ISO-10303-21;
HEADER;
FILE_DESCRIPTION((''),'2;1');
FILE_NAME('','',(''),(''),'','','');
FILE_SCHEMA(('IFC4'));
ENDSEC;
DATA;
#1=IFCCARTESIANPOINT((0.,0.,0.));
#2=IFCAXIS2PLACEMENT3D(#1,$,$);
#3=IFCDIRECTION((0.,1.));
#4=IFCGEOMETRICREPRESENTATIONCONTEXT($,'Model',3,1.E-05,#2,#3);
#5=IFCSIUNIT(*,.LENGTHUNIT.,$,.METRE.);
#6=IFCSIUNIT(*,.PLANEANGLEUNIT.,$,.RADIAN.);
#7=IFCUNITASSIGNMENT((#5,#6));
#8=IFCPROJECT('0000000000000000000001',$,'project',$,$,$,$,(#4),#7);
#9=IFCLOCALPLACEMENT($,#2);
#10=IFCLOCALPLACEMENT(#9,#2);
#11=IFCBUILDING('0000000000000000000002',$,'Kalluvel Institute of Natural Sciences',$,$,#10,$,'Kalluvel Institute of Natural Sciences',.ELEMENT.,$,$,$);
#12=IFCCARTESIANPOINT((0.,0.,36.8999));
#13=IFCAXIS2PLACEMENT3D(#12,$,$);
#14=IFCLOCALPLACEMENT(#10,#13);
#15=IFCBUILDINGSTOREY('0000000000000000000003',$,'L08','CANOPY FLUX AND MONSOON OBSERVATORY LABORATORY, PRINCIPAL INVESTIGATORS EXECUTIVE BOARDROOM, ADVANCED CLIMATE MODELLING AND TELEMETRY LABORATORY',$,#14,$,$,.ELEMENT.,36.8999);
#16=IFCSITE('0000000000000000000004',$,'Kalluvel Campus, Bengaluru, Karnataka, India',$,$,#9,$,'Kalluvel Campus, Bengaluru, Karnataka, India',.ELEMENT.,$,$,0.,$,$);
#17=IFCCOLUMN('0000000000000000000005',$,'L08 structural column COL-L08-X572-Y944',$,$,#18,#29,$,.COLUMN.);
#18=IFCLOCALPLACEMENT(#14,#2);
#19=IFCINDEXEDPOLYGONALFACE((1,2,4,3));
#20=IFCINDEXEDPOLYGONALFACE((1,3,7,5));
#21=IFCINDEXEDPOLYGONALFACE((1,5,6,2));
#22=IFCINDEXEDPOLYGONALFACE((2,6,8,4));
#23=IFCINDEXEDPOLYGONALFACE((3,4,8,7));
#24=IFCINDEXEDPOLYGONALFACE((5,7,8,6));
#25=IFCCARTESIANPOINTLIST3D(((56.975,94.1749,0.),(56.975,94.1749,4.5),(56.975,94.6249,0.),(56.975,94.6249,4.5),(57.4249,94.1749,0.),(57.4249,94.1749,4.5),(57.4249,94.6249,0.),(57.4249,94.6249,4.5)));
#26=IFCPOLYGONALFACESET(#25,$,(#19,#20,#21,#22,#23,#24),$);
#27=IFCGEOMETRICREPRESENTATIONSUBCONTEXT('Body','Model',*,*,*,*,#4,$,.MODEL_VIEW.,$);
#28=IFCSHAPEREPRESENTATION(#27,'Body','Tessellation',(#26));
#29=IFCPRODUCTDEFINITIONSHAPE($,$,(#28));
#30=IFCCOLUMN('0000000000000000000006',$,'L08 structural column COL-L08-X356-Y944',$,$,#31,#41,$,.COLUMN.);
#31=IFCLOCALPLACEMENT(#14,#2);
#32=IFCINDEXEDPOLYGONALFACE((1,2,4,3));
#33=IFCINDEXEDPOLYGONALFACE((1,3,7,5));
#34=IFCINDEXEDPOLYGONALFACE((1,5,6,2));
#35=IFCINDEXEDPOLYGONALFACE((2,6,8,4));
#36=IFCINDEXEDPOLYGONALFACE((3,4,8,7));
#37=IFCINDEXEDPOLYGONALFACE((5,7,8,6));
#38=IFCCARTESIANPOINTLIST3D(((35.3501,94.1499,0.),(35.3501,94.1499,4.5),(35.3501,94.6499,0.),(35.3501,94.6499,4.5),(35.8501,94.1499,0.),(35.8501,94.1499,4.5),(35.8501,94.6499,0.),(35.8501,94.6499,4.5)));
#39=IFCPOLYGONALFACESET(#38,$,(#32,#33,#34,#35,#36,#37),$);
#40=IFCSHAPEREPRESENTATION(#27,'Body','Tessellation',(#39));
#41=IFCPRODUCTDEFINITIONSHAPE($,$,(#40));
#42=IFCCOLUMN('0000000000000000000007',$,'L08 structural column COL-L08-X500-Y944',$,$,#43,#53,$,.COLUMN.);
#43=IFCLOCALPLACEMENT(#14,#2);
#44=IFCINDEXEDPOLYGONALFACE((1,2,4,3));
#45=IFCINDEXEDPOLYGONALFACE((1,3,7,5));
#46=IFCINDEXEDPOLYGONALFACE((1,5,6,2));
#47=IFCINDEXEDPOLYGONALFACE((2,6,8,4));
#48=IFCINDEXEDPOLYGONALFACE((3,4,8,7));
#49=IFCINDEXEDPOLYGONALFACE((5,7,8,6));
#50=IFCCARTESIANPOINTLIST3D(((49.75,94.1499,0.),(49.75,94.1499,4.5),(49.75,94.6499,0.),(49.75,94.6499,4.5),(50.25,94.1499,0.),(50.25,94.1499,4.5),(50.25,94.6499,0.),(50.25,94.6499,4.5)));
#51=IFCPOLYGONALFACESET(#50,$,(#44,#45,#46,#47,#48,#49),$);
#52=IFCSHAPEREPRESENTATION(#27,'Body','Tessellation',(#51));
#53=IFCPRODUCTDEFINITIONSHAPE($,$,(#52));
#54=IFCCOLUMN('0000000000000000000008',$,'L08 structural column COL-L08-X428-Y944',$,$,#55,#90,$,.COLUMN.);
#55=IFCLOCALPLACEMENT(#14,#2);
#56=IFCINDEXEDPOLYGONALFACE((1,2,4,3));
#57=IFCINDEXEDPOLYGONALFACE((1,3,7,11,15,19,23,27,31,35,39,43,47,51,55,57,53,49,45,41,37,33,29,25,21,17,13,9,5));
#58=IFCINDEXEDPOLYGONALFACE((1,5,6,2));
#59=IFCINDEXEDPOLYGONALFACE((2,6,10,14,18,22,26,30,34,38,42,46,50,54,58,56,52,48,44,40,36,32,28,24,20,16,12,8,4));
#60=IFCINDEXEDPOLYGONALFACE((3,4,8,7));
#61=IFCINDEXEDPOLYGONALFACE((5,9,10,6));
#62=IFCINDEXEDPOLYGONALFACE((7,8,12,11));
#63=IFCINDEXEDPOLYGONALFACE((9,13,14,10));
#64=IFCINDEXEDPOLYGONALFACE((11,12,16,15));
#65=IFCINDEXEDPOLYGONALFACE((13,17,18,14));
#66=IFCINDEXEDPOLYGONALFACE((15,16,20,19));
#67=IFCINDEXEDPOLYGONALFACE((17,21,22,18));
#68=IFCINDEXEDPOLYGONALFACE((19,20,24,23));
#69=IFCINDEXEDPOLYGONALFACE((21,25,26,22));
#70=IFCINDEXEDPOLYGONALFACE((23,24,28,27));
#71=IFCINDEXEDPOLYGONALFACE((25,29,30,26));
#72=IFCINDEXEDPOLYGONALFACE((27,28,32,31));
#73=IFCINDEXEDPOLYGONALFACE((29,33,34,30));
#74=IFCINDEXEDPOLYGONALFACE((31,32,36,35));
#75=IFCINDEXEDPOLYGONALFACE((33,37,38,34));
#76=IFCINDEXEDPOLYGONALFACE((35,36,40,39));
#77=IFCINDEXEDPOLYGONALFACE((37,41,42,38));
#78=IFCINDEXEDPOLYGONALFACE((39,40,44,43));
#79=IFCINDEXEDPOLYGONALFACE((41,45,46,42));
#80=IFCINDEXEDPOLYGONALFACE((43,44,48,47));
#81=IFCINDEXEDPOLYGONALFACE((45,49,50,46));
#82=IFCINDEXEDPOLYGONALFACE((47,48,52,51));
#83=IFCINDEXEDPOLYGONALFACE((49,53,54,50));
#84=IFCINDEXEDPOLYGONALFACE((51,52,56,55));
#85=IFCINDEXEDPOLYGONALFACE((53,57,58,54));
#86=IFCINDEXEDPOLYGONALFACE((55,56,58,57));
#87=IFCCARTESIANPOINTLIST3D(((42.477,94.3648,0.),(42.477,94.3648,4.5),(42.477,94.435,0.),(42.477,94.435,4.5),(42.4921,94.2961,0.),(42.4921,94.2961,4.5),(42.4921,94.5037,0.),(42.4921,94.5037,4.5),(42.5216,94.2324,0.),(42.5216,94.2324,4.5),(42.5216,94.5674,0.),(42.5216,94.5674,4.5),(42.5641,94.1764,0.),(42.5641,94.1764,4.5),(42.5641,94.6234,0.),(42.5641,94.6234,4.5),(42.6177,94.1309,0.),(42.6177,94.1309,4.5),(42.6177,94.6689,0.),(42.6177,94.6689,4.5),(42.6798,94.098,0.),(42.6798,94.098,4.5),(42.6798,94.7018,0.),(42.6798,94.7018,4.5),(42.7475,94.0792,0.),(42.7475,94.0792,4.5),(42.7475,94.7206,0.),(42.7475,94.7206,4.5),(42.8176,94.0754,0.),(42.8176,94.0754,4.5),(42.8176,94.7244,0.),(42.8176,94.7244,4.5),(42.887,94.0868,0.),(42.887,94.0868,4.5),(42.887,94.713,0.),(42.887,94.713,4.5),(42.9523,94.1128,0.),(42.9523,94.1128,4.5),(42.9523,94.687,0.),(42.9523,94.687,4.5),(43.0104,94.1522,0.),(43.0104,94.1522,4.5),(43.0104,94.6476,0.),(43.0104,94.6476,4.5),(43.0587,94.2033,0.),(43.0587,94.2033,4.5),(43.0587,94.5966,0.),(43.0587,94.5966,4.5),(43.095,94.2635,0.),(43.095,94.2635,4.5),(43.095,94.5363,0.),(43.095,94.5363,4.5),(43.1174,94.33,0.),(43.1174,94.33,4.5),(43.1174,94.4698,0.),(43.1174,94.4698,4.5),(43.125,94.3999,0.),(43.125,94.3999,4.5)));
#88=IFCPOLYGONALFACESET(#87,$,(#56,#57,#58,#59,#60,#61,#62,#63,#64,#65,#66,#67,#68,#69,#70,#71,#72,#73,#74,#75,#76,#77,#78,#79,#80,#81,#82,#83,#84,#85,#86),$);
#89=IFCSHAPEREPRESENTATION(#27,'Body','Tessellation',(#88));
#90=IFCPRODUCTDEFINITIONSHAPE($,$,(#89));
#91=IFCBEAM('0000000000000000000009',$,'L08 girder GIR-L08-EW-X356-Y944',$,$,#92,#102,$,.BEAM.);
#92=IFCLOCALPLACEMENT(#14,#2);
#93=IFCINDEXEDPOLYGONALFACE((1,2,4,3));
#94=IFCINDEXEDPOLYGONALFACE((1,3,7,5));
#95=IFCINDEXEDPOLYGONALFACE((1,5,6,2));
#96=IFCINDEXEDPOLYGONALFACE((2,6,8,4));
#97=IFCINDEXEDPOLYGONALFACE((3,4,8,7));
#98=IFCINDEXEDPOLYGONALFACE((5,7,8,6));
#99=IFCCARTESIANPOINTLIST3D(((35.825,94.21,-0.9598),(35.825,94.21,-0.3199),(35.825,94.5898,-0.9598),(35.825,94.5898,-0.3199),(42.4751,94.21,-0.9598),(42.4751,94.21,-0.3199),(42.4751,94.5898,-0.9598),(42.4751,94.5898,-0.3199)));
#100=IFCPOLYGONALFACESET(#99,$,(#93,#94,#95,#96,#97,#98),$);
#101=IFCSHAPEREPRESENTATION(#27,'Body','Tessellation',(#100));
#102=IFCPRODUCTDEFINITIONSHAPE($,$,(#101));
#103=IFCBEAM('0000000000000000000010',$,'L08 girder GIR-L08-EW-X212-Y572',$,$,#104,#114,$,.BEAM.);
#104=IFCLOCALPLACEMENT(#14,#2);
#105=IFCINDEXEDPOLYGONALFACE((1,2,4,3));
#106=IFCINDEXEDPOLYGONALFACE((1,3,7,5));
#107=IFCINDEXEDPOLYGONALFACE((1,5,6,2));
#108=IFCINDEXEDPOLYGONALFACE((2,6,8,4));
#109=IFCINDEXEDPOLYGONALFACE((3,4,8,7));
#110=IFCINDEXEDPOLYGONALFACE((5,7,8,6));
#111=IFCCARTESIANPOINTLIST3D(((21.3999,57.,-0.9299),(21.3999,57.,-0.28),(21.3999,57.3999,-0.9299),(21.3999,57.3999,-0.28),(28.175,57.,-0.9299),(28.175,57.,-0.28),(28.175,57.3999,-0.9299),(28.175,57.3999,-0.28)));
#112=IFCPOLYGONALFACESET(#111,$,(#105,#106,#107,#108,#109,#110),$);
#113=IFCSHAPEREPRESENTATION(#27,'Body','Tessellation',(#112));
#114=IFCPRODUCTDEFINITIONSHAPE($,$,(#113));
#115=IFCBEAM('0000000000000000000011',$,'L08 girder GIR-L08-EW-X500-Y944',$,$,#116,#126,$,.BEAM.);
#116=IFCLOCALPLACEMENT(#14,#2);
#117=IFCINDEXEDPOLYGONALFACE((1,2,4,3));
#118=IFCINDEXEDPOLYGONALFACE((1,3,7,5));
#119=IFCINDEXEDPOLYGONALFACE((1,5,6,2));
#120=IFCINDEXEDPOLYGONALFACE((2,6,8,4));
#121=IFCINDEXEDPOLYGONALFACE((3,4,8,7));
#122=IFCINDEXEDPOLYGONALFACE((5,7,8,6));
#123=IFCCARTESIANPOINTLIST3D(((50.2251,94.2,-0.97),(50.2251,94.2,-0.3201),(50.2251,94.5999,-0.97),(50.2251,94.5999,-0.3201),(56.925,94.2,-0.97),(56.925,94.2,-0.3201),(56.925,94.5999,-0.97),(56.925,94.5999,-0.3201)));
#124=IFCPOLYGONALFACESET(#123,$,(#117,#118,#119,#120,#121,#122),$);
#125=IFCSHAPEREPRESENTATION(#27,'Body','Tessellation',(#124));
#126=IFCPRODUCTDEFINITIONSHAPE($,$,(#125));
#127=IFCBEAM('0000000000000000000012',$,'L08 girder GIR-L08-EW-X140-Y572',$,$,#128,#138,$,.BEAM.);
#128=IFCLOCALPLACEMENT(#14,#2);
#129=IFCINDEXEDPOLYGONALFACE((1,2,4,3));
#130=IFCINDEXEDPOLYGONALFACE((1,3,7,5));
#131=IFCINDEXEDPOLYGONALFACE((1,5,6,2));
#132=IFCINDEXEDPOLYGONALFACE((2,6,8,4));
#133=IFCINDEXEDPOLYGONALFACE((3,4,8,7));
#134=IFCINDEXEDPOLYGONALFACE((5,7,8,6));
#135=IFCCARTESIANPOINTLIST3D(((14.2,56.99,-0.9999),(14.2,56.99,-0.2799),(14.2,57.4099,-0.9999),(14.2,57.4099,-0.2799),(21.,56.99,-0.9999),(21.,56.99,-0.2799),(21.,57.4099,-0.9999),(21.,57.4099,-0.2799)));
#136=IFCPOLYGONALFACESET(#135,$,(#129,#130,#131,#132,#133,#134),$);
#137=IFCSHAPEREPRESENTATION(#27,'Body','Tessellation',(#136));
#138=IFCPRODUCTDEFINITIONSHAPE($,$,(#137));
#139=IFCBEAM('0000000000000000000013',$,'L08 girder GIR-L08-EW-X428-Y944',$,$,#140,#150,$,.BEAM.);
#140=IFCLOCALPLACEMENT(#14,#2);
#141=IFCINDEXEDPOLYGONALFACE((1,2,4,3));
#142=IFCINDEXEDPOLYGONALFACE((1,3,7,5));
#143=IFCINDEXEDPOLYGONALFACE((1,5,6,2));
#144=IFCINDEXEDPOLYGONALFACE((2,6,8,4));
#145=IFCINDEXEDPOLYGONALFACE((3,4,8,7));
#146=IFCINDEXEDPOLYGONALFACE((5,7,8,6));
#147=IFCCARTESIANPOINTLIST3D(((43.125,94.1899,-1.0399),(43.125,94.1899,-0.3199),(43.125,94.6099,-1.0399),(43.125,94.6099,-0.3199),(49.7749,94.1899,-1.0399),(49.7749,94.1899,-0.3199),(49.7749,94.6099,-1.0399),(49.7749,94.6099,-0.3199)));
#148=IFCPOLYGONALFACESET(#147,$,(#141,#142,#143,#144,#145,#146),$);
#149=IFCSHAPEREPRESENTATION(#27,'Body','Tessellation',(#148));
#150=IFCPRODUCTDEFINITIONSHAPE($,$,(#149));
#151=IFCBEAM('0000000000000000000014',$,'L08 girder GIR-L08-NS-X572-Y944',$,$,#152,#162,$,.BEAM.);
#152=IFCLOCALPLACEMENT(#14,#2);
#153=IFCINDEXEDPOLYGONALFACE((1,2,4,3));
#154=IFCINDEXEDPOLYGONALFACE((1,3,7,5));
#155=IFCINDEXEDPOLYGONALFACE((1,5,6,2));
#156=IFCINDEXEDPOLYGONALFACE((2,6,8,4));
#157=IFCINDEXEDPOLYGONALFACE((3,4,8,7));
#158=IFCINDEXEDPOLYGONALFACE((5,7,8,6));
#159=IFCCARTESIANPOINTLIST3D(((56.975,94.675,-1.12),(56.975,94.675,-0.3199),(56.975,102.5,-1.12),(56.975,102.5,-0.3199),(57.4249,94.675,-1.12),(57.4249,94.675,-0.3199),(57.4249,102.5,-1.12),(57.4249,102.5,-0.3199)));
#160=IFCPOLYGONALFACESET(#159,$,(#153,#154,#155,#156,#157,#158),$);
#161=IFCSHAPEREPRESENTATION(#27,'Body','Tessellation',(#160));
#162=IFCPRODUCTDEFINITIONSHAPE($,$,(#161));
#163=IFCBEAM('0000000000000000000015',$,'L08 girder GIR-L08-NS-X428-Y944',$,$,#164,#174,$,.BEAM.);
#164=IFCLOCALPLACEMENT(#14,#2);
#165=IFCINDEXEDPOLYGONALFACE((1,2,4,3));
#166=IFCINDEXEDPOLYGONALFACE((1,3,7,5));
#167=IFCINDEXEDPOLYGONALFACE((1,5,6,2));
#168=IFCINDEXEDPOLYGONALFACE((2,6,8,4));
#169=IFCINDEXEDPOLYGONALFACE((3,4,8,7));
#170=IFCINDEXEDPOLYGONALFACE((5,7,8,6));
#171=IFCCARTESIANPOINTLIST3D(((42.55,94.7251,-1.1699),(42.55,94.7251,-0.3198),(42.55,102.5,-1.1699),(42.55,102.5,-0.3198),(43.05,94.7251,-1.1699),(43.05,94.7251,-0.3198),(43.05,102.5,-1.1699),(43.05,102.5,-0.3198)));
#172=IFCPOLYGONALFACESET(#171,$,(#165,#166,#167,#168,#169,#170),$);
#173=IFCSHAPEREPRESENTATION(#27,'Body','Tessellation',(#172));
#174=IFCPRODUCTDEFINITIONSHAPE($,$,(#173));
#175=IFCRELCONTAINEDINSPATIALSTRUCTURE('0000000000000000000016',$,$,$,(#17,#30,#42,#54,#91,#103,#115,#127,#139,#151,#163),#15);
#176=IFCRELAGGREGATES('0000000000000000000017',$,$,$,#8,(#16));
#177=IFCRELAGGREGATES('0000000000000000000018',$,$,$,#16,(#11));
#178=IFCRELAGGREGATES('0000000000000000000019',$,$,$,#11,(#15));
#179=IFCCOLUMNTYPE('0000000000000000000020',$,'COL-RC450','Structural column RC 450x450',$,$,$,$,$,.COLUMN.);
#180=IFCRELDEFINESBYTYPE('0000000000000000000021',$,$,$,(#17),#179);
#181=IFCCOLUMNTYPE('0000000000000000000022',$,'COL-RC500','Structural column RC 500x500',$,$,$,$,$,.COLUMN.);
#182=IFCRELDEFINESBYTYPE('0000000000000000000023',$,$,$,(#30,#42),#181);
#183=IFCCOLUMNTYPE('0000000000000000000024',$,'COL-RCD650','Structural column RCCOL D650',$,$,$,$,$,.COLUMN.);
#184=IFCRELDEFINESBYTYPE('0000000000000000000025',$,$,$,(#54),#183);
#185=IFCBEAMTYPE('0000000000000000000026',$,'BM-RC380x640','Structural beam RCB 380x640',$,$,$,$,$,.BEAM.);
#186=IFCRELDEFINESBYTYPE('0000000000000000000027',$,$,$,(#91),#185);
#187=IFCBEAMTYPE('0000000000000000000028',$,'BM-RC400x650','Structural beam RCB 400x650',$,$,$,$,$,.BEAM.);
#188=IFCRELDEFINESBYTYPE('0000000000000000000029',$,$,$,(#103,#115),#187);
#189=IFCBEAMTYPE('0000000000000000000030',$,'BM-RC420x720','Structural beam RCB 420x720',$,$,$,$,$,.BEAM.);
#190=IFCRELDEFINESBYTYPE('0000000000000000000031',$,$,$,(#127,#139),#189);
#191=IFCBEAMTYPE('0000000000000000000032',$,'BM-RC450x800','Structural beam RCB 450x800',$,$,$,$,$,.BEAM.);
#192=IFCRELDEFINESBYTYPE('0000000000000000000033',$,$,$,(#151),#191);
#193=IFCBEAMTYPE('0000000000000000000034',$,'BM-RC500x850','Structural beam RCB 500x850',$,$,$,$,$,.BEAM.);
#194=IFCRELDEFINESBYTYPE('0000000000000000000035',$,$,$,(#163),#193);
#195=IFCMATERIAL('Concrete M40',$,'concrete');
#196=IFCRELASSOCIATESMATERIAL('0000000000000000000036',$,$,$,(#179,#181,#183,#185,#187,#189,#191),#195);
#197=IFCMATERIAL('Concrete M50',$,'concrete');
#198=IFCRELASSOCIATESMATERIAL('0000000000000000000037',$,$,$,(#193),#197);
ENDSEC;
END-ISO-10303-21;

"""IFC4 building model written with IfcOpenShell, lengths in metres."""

from ifc_helpers import new_model, si_unit, direction, frame, origin, origin_2d, place, context, subcontext, project, spatial, rectangle, circle, extrude, material, material_profile, profile_set, type_object, element, save


model = new_model("IFC4")

# Units and contexts
model_context = context("Model", 3, precision=1e-05, world=origin(), true_north=direction((0.0, 1.0)))
body_context = subcontext(model_context, "Body", "Model", "MODEL_VIEW")
ifc_project = project(units=[si_unit("LENGTHUNIT", "METRE"), si_unit("PLANEANGLEUNIT", "RADIAN")], contexts=[model_context])

# Site, building, storey
site_placement = place(None, origin())
site = spatial("IfcSite", under=ifc_project, at=site_placement, Name="Kalluvel Campus, Bengaluru, Karnataka, India", LongName="Kalluvel Campus, Bengaluru, Karnataka, India", CompositionType="ELEMENT", RefElevation=0.0)
building_placement = place(site_placement, origin())
building = spatial("IfcBuilding", under=site, at=building_placement, Name="Kalluvel Institute of Natural Sciences", LongName="Kalluvel Institute of Natural Sciences", CompositionType="ELEMENT")
storey_placement = place(building_placement, frame((0.0, 0.0, 36.8999)))
storey = spatial("IfcBuildingStorey", under=building, at=storey_placement, Name="L08", Description="CANOPY FLUX AND MONSOON OBSERVATORY LABORATORY, PRINCIPAL INVESTIGATORS EXECUTIVE BOARDROOM, ADVANCED CLIMATE MODELLING AND TELEMETRY LABORATORY", CompositionType="ELEMENT", Elevation=36.8999)

# Columns
ifc_material_1 = material(Name="Concrete M40", Category="concrete")
ifc_material_profile_1 = material_profile(ifc_material_1, rectangle(XDim=0.45, YDim=0.45, at=origin_2d()), Name="RC 450x450")
ifc_profile_set_1 = profile_set([ifc_material_profile_1], Name="Concrete M40")
column_type_1 = type_object("IfcColumnType", Name="COL-RC450", Description="Structural column RC 450x450", PredefinedType="COLUMN", material=ifc_profile_set_1)
column_1_placement = place(storey_placement, frame((57.2, 94.3999, 0.0), z_axis=(0.0, 0.0, 1.0), x_axis=(1.0, 0.0, 0.0)))
element("IfcColumn", 1, at=column_1_placement, inside=storey, type_object=column_type_1, Name="L08 structural column COL-L08-X572-Y944", PredefinedType="COLUMN", context=body_context, shape_type="SweptSolid", body=[
    extrude(rectangle(XDim=0.45, YDim=0.45, at=origin_2d()), origin(), (0.0, 0.0, 1.0), 4.5),
])
ifc_material_profile_2 = material_profile(ifc_material_1, rectangle(XDim=0.5, YDim=0.5, at=origin_2d()), Name="RC 500x500")
ifc_profile_set_2 = profile_set([ifc_material_profile_2], Name="Concrete M40")
column_type_2 = type_object("IfcColumnType", Name="COL-RC500", Description="Structural column RC 500x500", PredefinedType="COLUMN", material=ifc_profile_set_2)
for number, where, z_axis, x_axis, name in (
    (2, (35.6001, 94.3999, 0.0), (0.0, 0.0, 1.0), (1.0, 0.0, 0.0), "L08 structural column COL-L08-X356-Y944"),
    (3, (50.0, 94.3999, 0.0), (0.0, 0.0, 1.0), (1.0, 0.0, 0.0), "L08 structural column COL-L08-X500-Y944"),
):
    element("IfcColumn", number, at=place(storey_placement, frame(where, z_axis=z_axis, x_axis=x_axis)), inside=storey, type_object=column_type_2, Name=name, PredefinedType="COLUMN", context=body_context, shape_type="SweptSolid", body=[
        extrude(rectangle(XDim=0.5, YDim=0.5, at=origin_2d()), origin(), (0.0, 0.0, 1.0), 4.5),
    ])
ifc_material_profile_3 = material_profile(ifc_material_1, circle(Radius=0.325, at=origin_2d()), Name="RCCOL D650")
ifc_profile_set_3 = profile_set([ifc_material_profile_3], Name="Concrete M40")
column_type_3 = type_object("IfcColumnType", Name="COL-RCD650", Description="Structural column RCCOL D650", PredefinedType="COLUMN", material=ifc_profile_set_3)
column_2_placement = place(storey_placement, frame((42.8, 94.3999, 0.0), z_axis=(0.0, 0.0, 1.0), x_axis=(1.0, 0.0, 0.0)))
element("IfcColumn", 4, at=column_2_placement, inside=storey, type_object=column_type_3, Name="L08 structural column COL-L08-X428-Y944", PredefinedType="COLUMN", context=body_context, shape_type="SweptSolid", body=[
    extrude(circle(Radius=0.325, at=origin_2d()), origin(), (0.0, 0.0, 1.0), 4.5),
])

# Beams
ifc_material_profile_4 = material_profile(ifc_material_1, rectangle(XDim=0.3799, YDim=0.6399, at=origin_2d()), Name="RCB 380x640")
ifc_profile_set_4 = profile_set([ifc_material_profile_4], Name="Concrete M40")
beam_type_1 = type_object("IfcBeamType", Name="BM-RC380x640", Description="Structural beam RCB 380x640", PredefinedType="BEAM", material=ifc_profile_set_4)
beam_1_placement = place(storey_placement, frame((35.825, 94.3999, -0.6399), z_axis=(1.0, 0.0, 0.0), x_axis=(0.0, 1.0, 0.0)))
element("IfcBeam", 5, at=beam_1_placement, inside=storey, type_object=beam_type_1, Name="L08 girder GIR-L08-EW-X356-Y944", PredefinedType="BEAM", context=body_context, shape_type="SweptSolid", body=[
    extrude(rectangle(XDim=0.3799, YDim=0.6399, at=origin_2d()), origin(), (0.0, 0.0, 1.0), 6.6501),
])
ifc_material_profile_5 = material_profile(ifc_material_1, rectangle(XDim=0.3999, YDim=0.6499, at=origin_2d()), Name="RCB 400x650")
ifc_profile_set_5 = profile_set([ifc_material_profile_5], Name="Concrete M40")
beam_type_2 = type_object("IfcBeamType", Name="BM-RC400x650", Description="Structural beam RCB 400x650", PredefinedType="BEAM", material=ifc_profile_set_5)
beam_2_placement = place(storey_placement, frame((21.3999, 57.2, -0.605), z_axis=(1.0, 0.0, 0.0), x_axis=(0.0, 1.0, 0.0)))
element("IfcBeam", 6, at=beam_2_placement, inside=storey, type_object=beam_type_2, Name="L08 girder GIR-L08-EW-X212-Y572", PredefinedType="BEAM", context=body_context, shape_type="SweptSolid", body=[
    extrude(rectangle(XDim=0.3999, YDim=0.6499, at=origin_2d()), origin(), (0.0, 0.0, 1.0), 6.7751),
])
beam_3_placement = place(storey_placement, frame((50.2251, 94.3999, -0.645), z_axis=(1.0, 0.0, 0.0), x_axis=(0.0, 1.0, 0.0)))
element("IfcBeam", 7, at=beam_3_placement, inside=storey, type_object=beam_type_2, Name="L08 girder GIR-L08-EW-X500-Y944", PredefinedType="BEAM", context=body_context, shape_type="SweptSolid", body=[
    extrude(rectangle(XDim=0.3999, YDim=0.6499, at=origin_2d()), origin(), (0.0, 0.0, 1.0), 6.7),
])
ifc_material_profile_6 = material_profile(ifc_material_1, rectangle(XDim=0.4199, YDim=0.72, at=origin_2d()), Name="RCB 420x720")
ifc_profile_set_6 = profile_set([ifc_material_profile_6], Name="Concrete M40")
beam_type_3 = type_object("IfcBeamType", Name="BM-RC420x720", Description="Structural beam RCB 420x720", PredefinedType="BEAM", material=ifc_profile_set_6)
beam_4_placement = place(storey_placement, frame((14.2, 57.2, -0.6399), z_axis=(1.0, 0.0, 0.0), x_axis=(0.0, 1.0, 0.0)))
element("IfcBeam", 8, at=beam_4_placement, inside=storey, type_object=beam_type_3, Name="L08 girder GIR-L08-EW-X140-Y572", PredefinedType="BEAM", context=body_context, shape_type="SweptSolid", body=[
    extrude(rectangle(XDim=0.4199, YDim=0.72, at=origin_2d()), origin(), (0.0, 0.0, 1.0), 6.8),
])
beam_5_placement = place(storey_placement, frame((43.125, 94.3999, -0.6799), z_axis=(1.0, 0.0, 0.0), x_axis=(0.0, 1.0, 0.0)))
element("IfcBeam", 9, at=beam_5_placement, inside=storey, type_object=beam_type_3, Name="L08 girder GIR-L08-EW-X428-Y944", PredefinedType="BEAM", context=body_context, shape_type="SweptSolid", body=[
    extrude(rectangle(XDim=0.4199, YDim=0.72, at=origin_2d()), origin(), (0.0, 0.0, 1.0), 6.6499),
])
ifc_material_profile_7 = material_profile(ifc_material_1, rectangle(XDim=0.45, YDim=0.8, at=origin_2d()), Name="RCB 450x800")
ifc_profile_set_7 = profile_set([ifc_material_profile_7], Name="Concrete M40")
beam_type_4 = type_object("IfcBeamType", Name="BM-RC450x800", Description="Structural beam RCB 450x800", PredefinedType="BEAM", material=ifc_profile_set_7)
beam_6_placement = place(storey_placement, frame((57.2, 94.675, -0.72), z_axis=(0.0, 1.0, 0.0), x_axis=(-1.0, 0.0, 0.0)))
element("IfcBeam", 10, at=beam_6_placement, inside=storey, type_object=beam_type_4, Name="L08 girder GIR-L08-NS-X572-Y944", PredefinedType="BEAM", context=body_context, shape_type="SweptSolid", body=[
    extrude(rectangle(XDim=0.45, YDim=0.8, at=origin_2d()), origin(), (0.0, 0.0, 1.0), 7.825),
])
ifc_material_2 = material(Name="Concrete M50", Category="concrete")
ifc_material_profile_8 = material_profile(ifc_material_2, rectangle(XDim=0.5, YDim=0.8501, at=origin_2d()), Name="RCB 500x850")
ifc_profile_set_8 = profile_set([ifc_material_profile_8], Name="Concrete M50")
beam_type_5 = type_object("IfcBeamType", Name="BM-RC500x850", Description="Structural beam RCB 500x850", PredefinedType="BEAM", material=ifc_profile_set_8)
beam_7_placement = place(storey_placement, frame((42.8, 94.7251, -0.7449), z_axis=(0.0, 1.0, 0.0), x_axis=(-1.0, 0.0, 0.0)))
element("IfcBeam", 11, at=beam_7_placement, inside=storey, type_object=beam_type_5, Name="L08 girder GIR-L08-NS-X428-Y944", PredefinedType="BEAM", context=body_context, shape_type="SweptSolid", body=[
    extrude(rectangle(XDim=0.5, YDim=0.8501, at=origin_2d()), origin(), (0.0, 0.0, 1.0), 7.7749),
])

save(model, "model.ifc")
